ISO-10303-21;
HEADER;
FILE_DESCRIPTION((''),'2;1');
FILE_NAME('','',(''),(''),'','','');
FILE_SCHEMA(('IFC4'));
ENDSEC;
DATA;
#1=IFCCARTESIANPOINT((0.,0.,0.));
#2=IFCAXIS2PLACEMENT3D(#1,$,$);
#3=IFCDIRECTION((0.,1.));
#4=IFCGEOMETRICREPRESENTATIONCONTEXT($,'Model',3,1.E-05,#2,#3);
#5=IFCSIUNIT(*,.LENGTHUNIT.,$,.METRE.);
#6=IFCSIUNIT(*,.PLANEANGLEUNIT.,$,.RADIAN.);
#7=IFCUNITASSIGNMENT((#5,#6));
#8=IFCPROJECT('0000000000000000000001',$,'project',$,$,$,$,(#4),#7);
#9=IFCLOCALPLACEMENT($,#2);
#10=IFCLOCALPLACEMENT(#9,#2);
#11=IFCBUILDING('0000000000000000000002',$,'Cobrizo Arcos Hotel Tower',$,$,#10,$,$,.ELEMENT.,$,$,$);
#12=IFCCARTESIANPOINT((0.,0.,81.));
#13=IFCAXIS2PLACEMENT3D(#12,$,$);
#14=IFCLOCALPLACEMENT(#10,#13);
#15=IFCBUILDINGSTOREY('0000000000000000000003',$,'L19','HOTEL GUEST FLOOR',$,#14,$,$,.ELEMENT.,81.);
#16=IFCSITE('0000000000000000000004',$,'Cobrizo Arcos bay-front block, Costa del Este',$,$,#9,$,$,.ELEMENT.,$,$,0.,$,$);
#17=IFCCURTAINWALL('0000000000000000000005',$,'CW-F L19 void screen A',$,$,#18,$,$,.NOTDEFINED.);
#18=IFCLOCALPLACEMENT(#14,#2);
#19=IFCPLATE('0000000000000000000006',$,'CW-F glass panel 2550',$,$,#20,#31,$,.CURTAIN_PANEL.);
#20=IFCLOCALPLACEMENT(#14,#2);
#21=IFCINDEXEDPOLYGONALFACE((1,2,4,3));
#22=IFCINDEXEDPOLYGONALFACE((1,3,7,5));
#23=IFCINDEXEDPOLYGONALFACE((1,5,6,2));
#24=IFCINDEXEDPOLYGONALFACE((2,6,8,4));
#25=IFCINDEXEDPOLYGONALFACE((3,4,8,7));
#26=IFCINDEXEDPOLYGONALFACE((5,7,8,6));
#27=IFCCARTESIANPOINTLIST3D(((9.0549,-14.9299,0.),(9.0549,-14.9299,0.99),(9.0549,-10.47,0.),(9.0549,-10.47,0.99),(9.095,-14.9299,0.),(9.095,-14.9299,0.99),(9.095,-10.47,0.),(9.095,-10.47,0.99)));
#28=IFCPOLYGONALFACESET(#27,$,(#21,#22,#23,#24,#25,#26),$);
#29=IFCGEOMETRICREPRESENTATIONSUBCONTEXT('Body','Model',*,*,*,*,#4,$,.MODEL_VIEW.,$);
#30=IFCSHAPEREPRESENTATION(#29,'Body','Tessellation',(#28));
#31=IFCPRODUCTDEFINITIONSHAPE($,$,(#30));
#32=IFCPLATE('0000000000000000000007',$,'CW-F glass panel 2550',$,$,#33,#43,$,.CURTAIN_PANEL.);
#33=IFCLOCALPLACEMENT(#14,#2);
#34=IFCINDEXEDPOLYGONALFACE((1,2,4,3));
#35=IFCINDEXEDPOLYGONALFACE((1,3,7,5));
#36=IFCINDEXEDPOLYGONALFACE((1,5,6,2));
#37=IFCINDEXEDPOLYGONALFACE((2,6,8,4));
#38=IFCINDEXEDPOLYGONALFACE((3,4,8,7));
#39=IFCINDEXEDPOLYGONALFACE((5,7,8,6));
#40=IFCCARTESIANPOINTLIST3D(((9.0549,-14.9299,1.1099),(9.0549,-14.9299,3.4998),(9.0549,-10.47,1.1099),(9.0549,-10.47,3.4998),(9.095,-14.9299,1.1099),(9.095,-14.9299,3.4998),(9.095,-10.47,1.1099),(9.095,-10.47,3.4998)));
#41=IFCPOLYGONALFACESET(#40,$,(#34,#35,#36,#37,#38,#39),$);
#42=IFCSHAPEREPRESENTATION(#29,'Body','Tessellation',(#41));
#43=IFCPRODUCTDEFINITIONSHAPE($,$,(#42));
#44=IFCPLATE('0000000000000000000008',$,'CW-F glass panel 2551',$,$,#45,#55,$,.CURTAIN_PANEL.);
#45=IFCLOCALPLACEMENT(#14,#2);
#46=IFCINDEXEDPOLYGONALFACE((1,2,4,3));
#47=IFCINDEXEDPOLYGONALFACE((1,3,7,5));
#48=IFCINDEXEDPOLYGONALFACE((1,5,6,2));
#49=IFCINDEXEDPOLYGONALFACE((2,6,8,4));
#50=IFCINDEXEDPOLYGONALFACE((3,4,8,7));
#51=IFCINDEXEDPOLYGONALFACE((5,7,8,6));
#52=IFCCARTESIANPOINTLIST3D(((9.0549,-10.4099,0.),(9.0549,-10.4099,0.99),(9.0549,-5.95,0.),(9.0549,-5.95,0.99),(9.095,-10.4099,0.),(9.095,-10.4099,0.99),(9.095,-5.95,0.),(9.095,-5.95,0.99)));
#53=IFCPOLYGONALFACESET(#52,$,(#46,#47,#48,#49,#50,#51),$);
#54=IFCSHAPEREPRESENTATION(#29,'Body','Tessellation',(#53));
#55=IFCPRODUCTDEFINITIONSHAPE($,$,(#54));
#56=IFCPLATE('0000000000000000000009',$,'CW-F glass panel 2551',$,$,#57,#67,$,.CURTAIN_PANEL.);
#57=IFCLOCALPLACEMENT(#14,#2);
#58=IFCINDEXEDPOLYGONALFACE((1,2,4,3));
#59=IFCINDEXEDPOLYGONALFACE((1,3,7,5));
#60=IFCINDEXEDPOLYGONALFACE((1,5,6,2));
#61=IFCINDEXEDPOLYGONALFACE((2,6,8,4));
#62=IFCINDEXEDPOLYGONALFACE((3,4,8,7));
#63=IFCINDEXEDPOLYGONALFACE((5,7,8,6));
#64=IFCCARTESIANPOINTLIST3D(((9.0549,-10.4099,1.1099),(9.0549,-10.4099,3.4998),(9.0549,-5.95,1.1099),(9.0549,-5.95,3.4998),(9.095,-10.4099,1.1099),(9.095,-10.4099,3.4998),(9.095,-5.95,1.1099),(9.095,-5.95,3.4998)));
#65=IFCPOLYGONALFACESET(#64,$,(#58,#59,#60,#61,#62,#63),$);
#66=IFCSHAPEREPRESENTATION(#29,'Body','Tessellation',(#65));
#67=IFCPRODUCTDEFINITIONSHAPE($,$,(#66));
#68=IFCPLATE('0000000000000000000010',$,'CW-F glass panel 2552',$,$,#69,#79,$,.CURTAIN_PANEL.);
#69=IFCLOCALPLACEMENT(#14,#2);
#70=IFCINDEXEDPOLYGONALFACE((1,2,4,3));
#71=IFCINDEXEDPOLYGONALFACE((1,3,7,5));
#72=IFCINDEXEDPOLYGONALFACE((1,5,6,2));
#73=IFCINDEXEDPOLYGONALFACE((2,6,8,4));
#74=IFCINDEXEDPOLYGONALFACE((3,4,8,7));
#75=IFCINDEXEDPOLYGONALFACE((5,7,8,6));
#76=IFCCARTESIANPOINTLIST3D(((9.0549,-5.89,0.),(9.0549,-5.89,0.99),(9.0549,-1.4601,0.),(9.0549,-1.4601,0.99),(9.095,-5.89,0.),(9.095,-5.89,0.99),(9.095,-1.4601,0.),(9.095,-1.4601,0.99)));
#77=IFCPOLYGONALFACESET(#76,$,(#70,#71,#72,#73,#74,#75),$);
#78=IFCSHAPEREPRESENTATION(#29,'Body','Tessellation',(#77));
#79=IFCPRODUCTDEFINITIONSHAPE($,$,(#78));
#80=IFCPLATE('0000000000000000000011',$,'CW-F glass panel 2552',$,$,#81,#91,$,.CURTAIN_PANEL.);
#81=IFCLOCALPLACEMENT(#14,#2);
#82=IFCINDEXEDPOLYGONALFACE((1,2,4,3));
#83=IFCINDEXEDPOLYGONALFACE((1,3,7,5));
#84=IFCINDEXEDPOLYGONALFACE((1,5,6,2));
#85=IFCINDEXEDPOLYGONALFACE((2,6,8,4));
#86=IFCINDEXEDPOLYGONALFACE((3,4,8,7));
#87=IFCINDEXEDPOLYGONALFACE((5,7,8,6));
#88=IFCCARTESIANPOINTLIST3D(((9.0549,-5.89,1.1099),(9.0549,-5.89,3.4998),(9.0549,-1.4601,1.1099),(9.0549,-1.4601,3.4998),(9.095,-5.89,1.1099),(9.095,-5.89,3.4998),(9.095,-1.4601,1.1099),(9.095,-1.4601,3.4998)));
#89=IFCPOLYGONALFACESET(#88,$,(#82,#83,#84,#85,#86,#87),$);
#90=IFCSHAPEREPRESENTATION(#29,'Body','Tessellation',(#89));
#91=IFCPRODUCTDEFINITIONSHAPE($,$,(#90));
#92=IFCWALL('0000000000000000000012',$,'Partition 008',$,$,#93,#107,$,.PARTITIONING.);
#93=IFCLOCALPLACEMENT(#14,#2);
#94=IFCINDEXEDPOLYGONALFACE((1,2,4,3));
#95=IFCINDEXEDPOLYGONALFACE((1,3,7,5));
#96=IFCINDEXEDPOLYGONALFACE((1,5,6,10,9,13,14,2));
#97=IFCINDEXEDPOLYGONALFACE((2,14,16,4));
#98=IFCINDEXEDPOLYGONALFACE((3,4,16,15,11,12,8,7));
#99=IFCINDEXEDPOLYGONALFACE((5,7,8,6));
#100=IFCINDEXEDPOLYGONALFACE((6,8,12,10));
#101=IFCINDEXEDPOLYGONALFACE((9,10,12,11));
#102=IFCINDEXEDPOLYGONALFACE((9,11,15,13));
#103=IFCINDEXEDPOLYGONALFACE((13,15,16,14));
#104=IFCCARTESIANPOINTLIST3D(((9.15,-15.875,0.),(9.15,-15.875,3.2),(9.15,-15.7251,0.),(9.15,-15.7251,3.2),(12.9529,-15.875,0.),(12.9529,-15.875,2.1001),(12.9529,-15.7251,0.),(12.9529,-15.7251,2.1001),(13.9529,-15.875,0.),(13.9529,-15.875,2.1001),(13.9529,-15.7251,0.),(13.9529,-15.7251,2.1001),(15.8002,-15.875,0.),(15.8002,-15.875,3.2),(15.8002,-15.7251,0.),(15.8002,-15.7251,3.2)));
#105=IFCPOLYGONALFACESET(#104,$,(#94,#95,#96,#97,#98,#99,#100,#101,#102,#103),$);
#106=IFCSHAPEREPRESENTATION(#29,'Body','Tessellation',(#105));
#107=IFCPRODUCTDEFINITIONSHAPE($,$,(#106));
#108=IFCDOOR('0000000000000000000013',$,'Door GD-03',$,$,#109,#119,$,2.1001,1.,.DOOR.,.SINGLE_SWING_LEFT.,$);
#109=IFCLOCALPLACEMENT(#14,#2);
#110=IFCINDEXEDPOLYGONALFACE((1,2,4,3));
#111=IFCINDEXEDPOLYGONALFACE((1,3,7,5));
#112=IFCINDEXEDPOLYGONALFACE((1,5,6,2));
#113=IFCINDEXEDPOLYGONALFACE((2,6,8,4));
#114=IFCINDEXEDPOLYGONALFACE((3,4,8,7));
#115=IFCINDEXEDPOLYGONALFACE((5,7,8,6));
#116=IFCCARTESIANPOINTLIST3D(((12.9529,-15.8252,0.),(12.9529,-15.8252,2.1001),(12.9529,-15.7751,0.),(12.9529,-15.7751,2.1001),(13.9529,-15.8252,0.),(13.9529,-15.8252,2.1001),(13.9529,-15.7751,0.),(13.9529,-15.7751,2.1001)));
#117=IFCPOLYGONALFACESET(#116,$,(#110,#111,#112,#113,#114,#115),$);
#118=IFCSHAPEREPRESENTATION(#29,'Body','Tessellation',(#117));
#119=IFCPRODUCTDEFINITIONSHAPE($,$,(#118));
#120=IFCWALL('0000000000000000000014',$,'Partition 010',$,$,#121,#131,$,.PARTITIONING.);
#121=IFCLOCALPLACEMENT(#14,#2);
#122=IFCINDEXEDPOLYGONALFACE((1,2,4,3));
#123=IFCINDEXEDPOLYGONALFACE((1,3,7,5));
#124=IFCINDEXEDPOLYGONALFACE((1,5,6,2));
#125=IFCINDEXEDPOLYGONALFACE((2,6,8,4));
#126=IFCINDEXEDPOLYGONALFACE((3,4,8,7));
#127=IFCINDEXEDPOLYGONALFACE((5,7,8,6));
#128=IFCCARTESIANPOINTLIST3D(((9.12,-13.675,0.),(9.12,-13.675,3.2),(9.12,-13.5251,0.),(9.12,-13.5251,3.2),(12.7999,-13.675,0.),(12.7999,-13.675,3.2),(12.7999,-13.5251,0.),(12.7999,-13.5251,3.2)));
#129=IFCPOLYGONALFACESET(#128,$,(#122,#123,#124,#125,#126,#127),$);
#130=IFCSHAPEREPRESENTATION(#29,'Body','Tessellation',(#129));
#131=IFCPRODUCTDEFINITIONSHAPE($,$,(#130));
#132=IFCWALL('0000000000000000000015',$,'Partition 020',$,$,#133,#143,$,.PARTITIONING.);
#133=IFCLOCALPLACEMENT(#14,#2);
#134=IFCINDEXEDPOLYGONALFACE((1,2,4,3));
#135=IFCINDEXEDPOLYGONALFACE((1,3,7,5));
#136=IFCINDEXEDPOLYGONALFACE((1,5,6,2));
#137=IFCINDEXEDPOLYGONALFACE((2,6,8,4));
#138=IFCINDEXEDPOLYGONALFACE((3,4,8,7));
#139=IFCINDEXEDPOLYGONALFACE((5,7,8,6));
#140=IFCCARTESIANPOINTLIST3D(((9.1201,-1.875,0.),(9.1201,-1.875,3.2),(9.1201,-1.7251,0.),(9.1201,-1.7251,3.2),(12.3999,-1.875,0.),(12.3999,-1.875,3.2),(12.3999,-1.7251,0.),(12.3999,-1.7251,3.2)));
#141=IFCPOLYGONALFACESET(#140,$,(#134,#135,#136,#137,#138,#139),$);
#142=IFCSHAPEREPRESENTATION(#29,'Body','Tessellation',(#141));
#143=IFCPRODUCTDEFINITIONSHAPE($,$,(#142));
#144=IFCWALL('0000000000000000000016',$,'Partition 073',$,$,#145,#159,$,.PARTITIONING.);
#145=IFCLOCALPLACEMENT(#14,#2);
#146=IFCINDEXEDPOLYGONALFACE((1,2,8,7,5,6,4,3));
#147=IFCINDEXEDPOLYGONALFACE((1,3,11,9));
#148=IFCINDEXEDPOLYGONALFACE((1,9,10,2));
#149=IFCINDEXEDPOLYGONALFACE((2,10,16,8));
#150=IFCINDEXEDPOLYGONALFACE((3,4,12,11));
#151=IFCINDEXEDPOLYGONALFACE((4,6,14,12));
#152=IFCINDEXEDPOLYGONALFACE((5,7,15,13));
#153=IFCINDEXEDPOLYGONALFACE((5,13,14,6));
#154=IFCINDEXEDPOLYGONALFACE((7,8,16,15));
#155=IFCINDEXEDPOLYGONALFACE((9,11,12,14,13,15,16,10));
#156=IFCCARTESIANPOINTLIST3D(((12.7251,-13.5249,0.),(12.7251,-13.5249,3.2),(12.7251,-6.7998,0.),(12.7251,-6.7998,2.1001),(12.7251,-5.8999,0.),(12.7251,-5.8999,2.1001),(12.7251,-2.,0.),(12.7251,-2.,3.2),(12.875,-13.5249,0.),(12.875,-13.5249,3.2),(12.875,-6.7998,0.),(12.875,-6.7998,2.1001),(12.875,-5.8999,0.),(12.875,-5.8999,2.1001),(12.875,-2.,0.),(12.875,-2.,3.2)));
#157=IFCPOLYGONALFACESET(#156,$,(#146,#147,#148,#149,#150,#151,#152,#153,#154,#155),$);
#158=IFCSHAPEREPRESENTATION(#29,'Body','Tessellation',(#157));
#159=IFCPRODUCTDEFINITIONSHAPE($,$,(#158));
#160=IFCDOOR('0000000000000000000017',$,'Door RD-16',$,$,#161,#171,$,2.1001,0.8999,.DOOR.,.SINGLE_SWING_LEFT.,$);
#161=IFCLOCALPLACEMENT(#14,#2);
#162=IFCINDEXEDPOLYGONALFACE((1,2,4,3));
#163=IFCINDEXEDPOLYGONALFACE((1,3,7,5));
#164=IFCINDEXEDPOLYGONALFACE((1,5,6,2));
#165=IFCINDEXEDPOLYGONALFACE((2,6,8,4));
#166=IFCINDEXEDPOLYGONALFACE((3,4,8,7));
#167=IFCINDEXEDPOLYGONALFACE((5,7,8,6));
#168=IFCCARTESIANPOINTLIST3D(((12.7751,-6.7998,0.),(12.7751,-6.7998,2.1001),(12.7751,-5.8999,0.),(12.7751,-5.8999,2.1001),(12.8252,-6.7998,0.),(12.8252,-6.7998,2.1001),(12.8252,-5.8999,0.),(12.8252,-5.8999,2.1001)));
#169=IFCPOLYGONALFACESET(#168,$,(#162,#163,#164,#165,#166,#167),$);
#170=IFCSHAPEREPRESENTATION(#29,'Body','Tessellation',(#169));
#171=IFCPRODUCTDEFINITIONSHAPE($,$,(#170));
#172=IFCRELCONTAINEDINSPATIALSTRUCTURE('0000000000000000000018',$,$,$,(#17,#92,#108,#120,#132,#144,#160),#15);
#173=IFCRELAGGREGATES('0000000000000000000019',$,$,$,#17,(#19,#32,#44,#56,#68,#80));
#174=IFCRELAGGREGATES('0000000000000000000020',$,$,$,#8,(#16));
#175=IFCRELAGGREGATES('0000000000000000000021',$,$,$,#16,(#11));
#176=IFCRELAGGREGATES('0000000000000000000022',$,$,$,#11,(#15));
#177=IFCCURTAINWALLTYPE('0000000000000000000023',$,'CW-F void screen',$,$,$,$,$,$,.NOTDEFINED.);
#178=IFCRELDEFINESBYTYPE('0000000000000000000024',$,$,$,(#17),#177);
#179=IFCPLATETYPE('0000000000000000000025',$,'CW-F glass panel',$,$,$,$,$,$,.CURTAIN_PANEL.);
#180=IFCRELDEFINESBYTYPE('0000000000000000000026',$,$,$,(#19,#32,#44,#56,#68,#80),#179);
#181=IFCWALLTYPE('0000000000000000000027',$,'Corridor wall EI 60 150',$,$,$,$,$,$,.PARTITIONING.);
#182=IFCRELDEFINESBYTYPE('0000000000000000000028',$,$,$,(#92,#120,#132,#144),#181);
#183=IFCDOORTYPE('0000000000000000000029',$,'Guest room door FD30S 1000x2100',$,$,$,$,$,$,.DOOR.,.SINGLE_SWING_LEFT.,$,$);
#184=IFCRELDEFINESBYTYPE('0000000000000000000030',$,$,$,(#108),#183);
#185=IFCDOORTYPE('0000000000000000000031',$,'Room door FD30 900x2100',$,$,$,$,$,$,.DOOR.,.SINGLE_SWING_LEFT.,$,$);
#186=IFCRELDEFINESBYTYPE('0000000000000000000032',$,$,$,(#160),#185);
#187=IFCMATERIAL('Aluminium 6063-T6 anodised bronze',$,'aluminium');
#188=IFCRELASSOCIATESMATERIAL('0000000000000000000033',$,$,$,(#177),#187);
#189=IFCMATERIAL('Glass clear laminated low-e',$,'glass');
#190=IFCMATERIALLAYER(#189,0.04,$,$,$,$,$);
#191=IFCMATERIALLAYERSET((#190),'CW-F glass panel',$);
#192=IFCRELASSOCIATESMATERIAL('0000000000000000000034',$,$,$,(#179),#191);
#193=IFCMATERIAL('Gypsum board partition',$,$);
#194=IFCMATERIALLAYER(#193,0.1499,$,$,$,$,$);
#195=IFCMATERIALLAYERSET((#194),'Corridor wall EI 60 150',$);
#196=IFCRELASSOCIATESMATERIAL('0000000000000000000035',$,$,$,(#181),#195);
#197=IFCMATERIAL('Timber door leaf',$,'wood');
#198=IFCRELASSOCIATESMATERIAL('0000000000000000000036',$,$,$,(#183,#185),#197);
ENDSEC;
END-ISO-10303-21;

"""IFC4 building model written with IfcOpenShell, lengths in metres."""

from ifc_helpers import new_model, si_unit, direction, frame, frame_2d, origin, origin_2d, place, context, subcontext, project, spatial, rectangle, extrude, material, layer, layer_set, type_object, element, fill, aggregate, save


model = new_model("IFC4")

# Units and contexts
model_context = context("Model", 3, precision=1e-05, world=origin(), true_north=direction((0.0, 1.0)))
body_context = subcontext(model_context, "Body", "Model", "MODEL_VIEW")
ifc_project = project(units=[si_unit("LENGTHUNIT", "METRE"), si_unit("PLANEANGLEUNIT", "RADIAN")], contexts=[model_context])

# Site, building, storey
site_placement = place(None, origin())
site = spatial("IfcSite", under=ifc_project, at=site_placement, Name="Cobrizo Arcos bay-front block, Costa del Este", CompositionType="ELEMENT", RefElevation=0.0)
building_placement = place(site_placement, origin())
building = spatial("IfcBuilding", under=site, at=building_placement, Name="Cobrizo Arcos Hotel Tower", CompositionType="ELEMENT")
storey_placement = place(building_placement, frame((0.0, 0.0, 81.0)))
storey = spatial("IfcBuildingStorey", under=building, at=storey_placement, Name="L19", Description="HOTEL GUEST FLOOR", CompositionType="ELEMENT", Elevation=81.0)

# Curtain wall
ifc_material_1 = material(Name="Aluminium 6063-T6 anodised bronze", Category="aluminium")
curtain_wall_type = type_object("IfcCurtainWallType", Name="CW-F void screen", PredefinedType="NOTDEFINED", material=ifc_material_1)
curtain_wall_placement = place(storey_placement, origin())
curtain_wall = element("IfcCurtainWall", 1, at=curtain_wall_placement, inside=storey, type_object=curtain_wall_type, Name="CW-F L19 void screen A", PredefinedType="NOTDEFINED")

# Plates
ifc_material_2 = material(Name="Glass clear laminated low-e", Category="glass")
ifc_layer_1 = layer(ifc_material_2, 0.04)
ifc_layer_set_1 = layer_set([ifc_layer_1], Name="CW-F glass panel")
plate_type = type_object("IfcPlateType", Name="CW-F glass panel", PredefinedType="CURTAIN_PANEL", material=ifc_layer_set_1)
plate_1_placement = place(storey_placement, frame((9.075, -12.7, 0.0), z_axis=(0.0, 0.0, 1.0), x_axis=(0.0, 1.0, 0.0)))
plate_1 = element("IfcPlate", 2, at=plate_1_placement, type_object=plate_type, Name="CW-F glass panel 2550", PredefinedType="CURTAIN_PANEL", context=body_context, shape_type="SweptSolid", body=[
    extrude(rectangle(XDim=4.46, YDim=0.04, at=origin_2d()), origin(), (0.0, 0.0, 1.0), 0.99),
])
plate_2_placement = place(storey_placement, frame((9.075, -12.7, 1.1099), z_axis=(0.0, 0.0, 1.0), x_axis=(0.0, 1.0, 0.0)))
plate_2 = element("IfcPlate", 3, at=plate_2_placement, type_object=plate_type, Name="CW-F glass panel 2550", PredefinedType="CURTAIN_PANEL", context=body_context, shape_type="SweptSolid", body=[
    extrude(rectangle(XDim=4.46, YDim=0.04, at=origin_2d()), origin(), (0.0, 0.0, 1.0), 2.3899),
])
plate_3_placement = place(storey_placement, frame((9.075, -8.1799, 0.0), z_axis=(0.0, 0.0, 1.0), x_axis=(0.0, 1.0, 0.0)))
plate_3 = element("IfcPlate", 4, at=plate_3_placement, type_object=plate_type, Name="CW-F glass panel 2551", PredefinedType="CURTAIN_PANEL", context=body_context, shape_type="SweptSolid", body=[
    extrude(rectangle(XDim=4.46, YDim=0.04, at=origin_2d()), origin(), (0.0, 0.0, 1.0), 0.99),
])
plate_4_placement = place(storey_placement, frame((9.075, -8.1799, 1.1099), z_axis=(0.0, 0.0, 1.0), x_axis=(0.0, 1.0, 0.0)))
plate_4 = element("IfcPlate", 5, at=plate_4_placement, type_object=plate_type, Name="CW-F glass panel 2551", PredefinedType="CURTAIN_PANEL", context=body_context, shape_type="SweptSolid", body=[
    extrude(rectangle(XDim=4.46, YDim=0.04, at=origin_2d()), origin(), (0.0, 0.0, 1.0), 2.3899),
])
plate_5_placement = place(storey_placement, frame((9.075, -3.675, 0.0), z_axis=(0.0, 0.0, 1.0), x_axis=(0.0, 1.0, 0.0)))
plate_5 = element("IfcPlate", 6, at=plate_5_placement, type_object=plate_type, Name="CW-F glass panel 2552", PredefinedType="CURTAIN_PANEL", context=body_context, shape_type="SweptSolid", body=[
    extrude(rectangle(XDim=4.4299, YDim=0.04, at=origin_2d()), origin(), (0.0, 0.0, 1.0), 0.99),
])
plate_6_placement = place(storey_placement, frame((9.075, -3.675, 1.1099), z_axis=(0.0, 0.0, 1.0), x_axis=(0.0, 1.0, 0.0)))
plate_6 = element("IfcPlate", 7, at=plate_6_placement, type_object=plate_type, Name="CW-F glass panel 2552", PredefinedType="CURTAIN_PANEL", context=body_context, shape_type="SweptSolid", body=[
    extrude(rectangle(XDim=4.4299, YDim=0.04, at=origin_2d()), origin(), (0.0, 0.0, 1.0), 2.3899),
])
aggregate(curtain_wall, [plate_1, plate_2, plate_3, plate_4, plate_5, plate_6])

# Wall, opening, door
ifc_material_3 = material(Name="Gypsum board partition")
ifc_layer_2 = layer(ifc_material_3, 0.1499)
ifc_layer_set_2 = layer_set([ifc_layer_2], Name="Corridor wall EI 60 150")
wall_type_1 = type_object("IfcWallType", Name="Corridor wall EI 60 150", PredefinedType="PARTITIONING", material=ifc_layer_set_2)
wall_1_placement = place(storey_placement, frame((9.1499, -15.8, 0.0), z_axis=(0.0, 0.0, 1.0), x_axis=(1.0, 0.0, 0.0)))
wall_1 = element("IfcWall", 8, at=wall_1_placement, inside=storey, type_object=wall_type_1, Name="Partition 008", PredefinedType="PARTITIONING", context=body_context, shape_type="SweptSolid", body=[
    extrude(rectangle(XDim=6.6501, YDim=0.1499, at=frame_2d((3.3252, 0.0))), origin(), (0.0, 0.0, 1.0), 3.2),
])
opening_1_placement = place(wall_1_placement, frame((3.803, 0.0, 0.0)))
opening_1 = element("IfcOpeningElement", 9, at=opening_1_placement, cuts=wall_1, PredefinedType="OPENING", context=body_context, shape_type="SweptSolid", body=[
    extrude(rectangle(XDim=1.0, YDim=2.1001, at=frame_2d((0.5, 1.05))), frame((0.0, 0.0869, 0.0), z_axis=(0.0, -1.0, 0.0), x_axis=(1.0, 0.0, 0.0)), (0.0, 0.0, 1.0), 0.1738),
])
ifc_material_4 = material(Name="Timber door leaf", Category="wood")
door_type_1 = type_object("IfcDoorType", Name="Guest room door FD30S 1000x2100", OperationType="SINGLE_SWING_LEFT", PredefinedType="DOOR", material=ifc_material_4)
door_1_placement = place(opening_1_placement, origin())
door_1 = element("IfcDoor", 10, at=door_1_placement, inside=storey, type_object=door_type_1, Name="Door GD-03", OperationType="SINGLE_SWING_LEFT", OverallHeight=2.1001, OverallWidth=1.0, PredefinedType="DOOR", context=body_context, shape_type="SweptSolid", body=[
    extrude(rectangle(XDim=1.0, YDim=2.1001, at=frame_2d((0.5, 1.05))), frame((0.0, 0.0249, 0.0), z_axis=(0.0, -1.0, 0.0), x_axis=(1.0, 0.0, 0.0)), (0.0, 0.0, 1.0), 0.05),
])
fill(opening_1, door_1)

# Walls
wall_2_placement = place(storey_placement, frame((9.1201, -13.6001, 0.0), z_axis=(0.0, 0.0, 1.0), x_axis=(1.0, 0.0, 0.0)))
element("IfcWall", 11, at=wall_2_placement, inside=storey, type_object=wall_type_1, Name="Partition 010", PredefinedType="PARTITIONING", context=body_context, shape_type="SweptSolid", body=[
    extrude(rectangle(XDim=3.6799, YDim=0.1499, at=frame_2d((1.8398, 0.0))), origin(), (0.0, 0.0, 1.0), 3.2),
])
wall_3_placement = place(storey_placement, frame((9.1201, -1.8, 0.0), z_axis=(0.0, 0.0, 1.0), x_axis=(1.0, 0.0, 0.0)))
element("IfcWall", 12, at=wall_3_placement, inside=storey, type_object=wall_type_1, Name="Partition 020", PredefinedType="PARTITIONING", context=body_context, shape_type="SweptSolid", body=[
    extrude(rectangle(XDim=3.2798, YDim=0.1499, at=frame_2d((1.6399, 0.0))), origin(), (0.0, 0.0, 1.0), 3.2),
])

# Wall, opening, door
wall_4_placement = place(storey_placement, frame((12.8, -13.5249, 0.0), z_axis=(0.0, 0.0, 1.0), x_axis=(0.0, 1.0, 0.0)))
wall_4 = element("IfcWall", 13, at=wall_4_placement, inside=storey, type_object=wall_type_1, Name="Partition 073", PredefinedType="PARTITIONING", context=body_context, shape_type="SweptSolid", body=[
    extrude(rectangle(XDim=11.5249, YDim=0.1499, at=frame_2d((5.7625, 0.0))), origin(), (0.0, 0.0, 1.0), 3.2),
])
opening_2_placement = place(wall_4_placement, frame((6.7251, 0.0, 0.0)))
opening_2 = element("IfcOpeningElement", 14, at=opening_2_placement, cuts=wall_4, PredefinedType="OPENING", context=body_context, shape_type="SweptSolid", body=[
    extrude(rectangle(XDim=0.8999, YDim=2.1001, at=frame_2d((0.45, 1.05))), frame((0.0, 0.0869, 0.0), z_axis=(0.0, -1.0, 0.0), x_axis=(1.0, 0.0, 0.0)), (0.0, 0.0, 1.0), 0.1738),
])
door_type_2 = type_object("IfcDoorType", Name="Room door FD30 900x2100", OperationType="SINGLE_SWING_LEFT", PredefinedType="DOOR", material=ifc_material_4)
door_2_placement = place(opening_2_placement, origin())
door_2 = element("IfcDoor", 15, at=door_2_placement, inside=storey, type_object=door_type_2, Name="Door RD-16", OperationType="SINGLE_SWING_LEFT", OverallHeight=2.1001, OverallWidth=0.8999, PredefinedType="DOOR", context=body_context, shape_type="SweptSolid", body=[
    extrude(rectangle(XDim=0.8999, YDim=2.1001, at=frame_2d((0.45, 1.05))), frame((0.0, 0.0249, 0.0), z_axis=(0.0, -1.0, 0.0), x_axis=(1.0, 0.0, 0.0)), (0.0, 0.0, 1.0), 0.05),
])
fill(opening_2, door_2)

save(model, "model.ifc")
